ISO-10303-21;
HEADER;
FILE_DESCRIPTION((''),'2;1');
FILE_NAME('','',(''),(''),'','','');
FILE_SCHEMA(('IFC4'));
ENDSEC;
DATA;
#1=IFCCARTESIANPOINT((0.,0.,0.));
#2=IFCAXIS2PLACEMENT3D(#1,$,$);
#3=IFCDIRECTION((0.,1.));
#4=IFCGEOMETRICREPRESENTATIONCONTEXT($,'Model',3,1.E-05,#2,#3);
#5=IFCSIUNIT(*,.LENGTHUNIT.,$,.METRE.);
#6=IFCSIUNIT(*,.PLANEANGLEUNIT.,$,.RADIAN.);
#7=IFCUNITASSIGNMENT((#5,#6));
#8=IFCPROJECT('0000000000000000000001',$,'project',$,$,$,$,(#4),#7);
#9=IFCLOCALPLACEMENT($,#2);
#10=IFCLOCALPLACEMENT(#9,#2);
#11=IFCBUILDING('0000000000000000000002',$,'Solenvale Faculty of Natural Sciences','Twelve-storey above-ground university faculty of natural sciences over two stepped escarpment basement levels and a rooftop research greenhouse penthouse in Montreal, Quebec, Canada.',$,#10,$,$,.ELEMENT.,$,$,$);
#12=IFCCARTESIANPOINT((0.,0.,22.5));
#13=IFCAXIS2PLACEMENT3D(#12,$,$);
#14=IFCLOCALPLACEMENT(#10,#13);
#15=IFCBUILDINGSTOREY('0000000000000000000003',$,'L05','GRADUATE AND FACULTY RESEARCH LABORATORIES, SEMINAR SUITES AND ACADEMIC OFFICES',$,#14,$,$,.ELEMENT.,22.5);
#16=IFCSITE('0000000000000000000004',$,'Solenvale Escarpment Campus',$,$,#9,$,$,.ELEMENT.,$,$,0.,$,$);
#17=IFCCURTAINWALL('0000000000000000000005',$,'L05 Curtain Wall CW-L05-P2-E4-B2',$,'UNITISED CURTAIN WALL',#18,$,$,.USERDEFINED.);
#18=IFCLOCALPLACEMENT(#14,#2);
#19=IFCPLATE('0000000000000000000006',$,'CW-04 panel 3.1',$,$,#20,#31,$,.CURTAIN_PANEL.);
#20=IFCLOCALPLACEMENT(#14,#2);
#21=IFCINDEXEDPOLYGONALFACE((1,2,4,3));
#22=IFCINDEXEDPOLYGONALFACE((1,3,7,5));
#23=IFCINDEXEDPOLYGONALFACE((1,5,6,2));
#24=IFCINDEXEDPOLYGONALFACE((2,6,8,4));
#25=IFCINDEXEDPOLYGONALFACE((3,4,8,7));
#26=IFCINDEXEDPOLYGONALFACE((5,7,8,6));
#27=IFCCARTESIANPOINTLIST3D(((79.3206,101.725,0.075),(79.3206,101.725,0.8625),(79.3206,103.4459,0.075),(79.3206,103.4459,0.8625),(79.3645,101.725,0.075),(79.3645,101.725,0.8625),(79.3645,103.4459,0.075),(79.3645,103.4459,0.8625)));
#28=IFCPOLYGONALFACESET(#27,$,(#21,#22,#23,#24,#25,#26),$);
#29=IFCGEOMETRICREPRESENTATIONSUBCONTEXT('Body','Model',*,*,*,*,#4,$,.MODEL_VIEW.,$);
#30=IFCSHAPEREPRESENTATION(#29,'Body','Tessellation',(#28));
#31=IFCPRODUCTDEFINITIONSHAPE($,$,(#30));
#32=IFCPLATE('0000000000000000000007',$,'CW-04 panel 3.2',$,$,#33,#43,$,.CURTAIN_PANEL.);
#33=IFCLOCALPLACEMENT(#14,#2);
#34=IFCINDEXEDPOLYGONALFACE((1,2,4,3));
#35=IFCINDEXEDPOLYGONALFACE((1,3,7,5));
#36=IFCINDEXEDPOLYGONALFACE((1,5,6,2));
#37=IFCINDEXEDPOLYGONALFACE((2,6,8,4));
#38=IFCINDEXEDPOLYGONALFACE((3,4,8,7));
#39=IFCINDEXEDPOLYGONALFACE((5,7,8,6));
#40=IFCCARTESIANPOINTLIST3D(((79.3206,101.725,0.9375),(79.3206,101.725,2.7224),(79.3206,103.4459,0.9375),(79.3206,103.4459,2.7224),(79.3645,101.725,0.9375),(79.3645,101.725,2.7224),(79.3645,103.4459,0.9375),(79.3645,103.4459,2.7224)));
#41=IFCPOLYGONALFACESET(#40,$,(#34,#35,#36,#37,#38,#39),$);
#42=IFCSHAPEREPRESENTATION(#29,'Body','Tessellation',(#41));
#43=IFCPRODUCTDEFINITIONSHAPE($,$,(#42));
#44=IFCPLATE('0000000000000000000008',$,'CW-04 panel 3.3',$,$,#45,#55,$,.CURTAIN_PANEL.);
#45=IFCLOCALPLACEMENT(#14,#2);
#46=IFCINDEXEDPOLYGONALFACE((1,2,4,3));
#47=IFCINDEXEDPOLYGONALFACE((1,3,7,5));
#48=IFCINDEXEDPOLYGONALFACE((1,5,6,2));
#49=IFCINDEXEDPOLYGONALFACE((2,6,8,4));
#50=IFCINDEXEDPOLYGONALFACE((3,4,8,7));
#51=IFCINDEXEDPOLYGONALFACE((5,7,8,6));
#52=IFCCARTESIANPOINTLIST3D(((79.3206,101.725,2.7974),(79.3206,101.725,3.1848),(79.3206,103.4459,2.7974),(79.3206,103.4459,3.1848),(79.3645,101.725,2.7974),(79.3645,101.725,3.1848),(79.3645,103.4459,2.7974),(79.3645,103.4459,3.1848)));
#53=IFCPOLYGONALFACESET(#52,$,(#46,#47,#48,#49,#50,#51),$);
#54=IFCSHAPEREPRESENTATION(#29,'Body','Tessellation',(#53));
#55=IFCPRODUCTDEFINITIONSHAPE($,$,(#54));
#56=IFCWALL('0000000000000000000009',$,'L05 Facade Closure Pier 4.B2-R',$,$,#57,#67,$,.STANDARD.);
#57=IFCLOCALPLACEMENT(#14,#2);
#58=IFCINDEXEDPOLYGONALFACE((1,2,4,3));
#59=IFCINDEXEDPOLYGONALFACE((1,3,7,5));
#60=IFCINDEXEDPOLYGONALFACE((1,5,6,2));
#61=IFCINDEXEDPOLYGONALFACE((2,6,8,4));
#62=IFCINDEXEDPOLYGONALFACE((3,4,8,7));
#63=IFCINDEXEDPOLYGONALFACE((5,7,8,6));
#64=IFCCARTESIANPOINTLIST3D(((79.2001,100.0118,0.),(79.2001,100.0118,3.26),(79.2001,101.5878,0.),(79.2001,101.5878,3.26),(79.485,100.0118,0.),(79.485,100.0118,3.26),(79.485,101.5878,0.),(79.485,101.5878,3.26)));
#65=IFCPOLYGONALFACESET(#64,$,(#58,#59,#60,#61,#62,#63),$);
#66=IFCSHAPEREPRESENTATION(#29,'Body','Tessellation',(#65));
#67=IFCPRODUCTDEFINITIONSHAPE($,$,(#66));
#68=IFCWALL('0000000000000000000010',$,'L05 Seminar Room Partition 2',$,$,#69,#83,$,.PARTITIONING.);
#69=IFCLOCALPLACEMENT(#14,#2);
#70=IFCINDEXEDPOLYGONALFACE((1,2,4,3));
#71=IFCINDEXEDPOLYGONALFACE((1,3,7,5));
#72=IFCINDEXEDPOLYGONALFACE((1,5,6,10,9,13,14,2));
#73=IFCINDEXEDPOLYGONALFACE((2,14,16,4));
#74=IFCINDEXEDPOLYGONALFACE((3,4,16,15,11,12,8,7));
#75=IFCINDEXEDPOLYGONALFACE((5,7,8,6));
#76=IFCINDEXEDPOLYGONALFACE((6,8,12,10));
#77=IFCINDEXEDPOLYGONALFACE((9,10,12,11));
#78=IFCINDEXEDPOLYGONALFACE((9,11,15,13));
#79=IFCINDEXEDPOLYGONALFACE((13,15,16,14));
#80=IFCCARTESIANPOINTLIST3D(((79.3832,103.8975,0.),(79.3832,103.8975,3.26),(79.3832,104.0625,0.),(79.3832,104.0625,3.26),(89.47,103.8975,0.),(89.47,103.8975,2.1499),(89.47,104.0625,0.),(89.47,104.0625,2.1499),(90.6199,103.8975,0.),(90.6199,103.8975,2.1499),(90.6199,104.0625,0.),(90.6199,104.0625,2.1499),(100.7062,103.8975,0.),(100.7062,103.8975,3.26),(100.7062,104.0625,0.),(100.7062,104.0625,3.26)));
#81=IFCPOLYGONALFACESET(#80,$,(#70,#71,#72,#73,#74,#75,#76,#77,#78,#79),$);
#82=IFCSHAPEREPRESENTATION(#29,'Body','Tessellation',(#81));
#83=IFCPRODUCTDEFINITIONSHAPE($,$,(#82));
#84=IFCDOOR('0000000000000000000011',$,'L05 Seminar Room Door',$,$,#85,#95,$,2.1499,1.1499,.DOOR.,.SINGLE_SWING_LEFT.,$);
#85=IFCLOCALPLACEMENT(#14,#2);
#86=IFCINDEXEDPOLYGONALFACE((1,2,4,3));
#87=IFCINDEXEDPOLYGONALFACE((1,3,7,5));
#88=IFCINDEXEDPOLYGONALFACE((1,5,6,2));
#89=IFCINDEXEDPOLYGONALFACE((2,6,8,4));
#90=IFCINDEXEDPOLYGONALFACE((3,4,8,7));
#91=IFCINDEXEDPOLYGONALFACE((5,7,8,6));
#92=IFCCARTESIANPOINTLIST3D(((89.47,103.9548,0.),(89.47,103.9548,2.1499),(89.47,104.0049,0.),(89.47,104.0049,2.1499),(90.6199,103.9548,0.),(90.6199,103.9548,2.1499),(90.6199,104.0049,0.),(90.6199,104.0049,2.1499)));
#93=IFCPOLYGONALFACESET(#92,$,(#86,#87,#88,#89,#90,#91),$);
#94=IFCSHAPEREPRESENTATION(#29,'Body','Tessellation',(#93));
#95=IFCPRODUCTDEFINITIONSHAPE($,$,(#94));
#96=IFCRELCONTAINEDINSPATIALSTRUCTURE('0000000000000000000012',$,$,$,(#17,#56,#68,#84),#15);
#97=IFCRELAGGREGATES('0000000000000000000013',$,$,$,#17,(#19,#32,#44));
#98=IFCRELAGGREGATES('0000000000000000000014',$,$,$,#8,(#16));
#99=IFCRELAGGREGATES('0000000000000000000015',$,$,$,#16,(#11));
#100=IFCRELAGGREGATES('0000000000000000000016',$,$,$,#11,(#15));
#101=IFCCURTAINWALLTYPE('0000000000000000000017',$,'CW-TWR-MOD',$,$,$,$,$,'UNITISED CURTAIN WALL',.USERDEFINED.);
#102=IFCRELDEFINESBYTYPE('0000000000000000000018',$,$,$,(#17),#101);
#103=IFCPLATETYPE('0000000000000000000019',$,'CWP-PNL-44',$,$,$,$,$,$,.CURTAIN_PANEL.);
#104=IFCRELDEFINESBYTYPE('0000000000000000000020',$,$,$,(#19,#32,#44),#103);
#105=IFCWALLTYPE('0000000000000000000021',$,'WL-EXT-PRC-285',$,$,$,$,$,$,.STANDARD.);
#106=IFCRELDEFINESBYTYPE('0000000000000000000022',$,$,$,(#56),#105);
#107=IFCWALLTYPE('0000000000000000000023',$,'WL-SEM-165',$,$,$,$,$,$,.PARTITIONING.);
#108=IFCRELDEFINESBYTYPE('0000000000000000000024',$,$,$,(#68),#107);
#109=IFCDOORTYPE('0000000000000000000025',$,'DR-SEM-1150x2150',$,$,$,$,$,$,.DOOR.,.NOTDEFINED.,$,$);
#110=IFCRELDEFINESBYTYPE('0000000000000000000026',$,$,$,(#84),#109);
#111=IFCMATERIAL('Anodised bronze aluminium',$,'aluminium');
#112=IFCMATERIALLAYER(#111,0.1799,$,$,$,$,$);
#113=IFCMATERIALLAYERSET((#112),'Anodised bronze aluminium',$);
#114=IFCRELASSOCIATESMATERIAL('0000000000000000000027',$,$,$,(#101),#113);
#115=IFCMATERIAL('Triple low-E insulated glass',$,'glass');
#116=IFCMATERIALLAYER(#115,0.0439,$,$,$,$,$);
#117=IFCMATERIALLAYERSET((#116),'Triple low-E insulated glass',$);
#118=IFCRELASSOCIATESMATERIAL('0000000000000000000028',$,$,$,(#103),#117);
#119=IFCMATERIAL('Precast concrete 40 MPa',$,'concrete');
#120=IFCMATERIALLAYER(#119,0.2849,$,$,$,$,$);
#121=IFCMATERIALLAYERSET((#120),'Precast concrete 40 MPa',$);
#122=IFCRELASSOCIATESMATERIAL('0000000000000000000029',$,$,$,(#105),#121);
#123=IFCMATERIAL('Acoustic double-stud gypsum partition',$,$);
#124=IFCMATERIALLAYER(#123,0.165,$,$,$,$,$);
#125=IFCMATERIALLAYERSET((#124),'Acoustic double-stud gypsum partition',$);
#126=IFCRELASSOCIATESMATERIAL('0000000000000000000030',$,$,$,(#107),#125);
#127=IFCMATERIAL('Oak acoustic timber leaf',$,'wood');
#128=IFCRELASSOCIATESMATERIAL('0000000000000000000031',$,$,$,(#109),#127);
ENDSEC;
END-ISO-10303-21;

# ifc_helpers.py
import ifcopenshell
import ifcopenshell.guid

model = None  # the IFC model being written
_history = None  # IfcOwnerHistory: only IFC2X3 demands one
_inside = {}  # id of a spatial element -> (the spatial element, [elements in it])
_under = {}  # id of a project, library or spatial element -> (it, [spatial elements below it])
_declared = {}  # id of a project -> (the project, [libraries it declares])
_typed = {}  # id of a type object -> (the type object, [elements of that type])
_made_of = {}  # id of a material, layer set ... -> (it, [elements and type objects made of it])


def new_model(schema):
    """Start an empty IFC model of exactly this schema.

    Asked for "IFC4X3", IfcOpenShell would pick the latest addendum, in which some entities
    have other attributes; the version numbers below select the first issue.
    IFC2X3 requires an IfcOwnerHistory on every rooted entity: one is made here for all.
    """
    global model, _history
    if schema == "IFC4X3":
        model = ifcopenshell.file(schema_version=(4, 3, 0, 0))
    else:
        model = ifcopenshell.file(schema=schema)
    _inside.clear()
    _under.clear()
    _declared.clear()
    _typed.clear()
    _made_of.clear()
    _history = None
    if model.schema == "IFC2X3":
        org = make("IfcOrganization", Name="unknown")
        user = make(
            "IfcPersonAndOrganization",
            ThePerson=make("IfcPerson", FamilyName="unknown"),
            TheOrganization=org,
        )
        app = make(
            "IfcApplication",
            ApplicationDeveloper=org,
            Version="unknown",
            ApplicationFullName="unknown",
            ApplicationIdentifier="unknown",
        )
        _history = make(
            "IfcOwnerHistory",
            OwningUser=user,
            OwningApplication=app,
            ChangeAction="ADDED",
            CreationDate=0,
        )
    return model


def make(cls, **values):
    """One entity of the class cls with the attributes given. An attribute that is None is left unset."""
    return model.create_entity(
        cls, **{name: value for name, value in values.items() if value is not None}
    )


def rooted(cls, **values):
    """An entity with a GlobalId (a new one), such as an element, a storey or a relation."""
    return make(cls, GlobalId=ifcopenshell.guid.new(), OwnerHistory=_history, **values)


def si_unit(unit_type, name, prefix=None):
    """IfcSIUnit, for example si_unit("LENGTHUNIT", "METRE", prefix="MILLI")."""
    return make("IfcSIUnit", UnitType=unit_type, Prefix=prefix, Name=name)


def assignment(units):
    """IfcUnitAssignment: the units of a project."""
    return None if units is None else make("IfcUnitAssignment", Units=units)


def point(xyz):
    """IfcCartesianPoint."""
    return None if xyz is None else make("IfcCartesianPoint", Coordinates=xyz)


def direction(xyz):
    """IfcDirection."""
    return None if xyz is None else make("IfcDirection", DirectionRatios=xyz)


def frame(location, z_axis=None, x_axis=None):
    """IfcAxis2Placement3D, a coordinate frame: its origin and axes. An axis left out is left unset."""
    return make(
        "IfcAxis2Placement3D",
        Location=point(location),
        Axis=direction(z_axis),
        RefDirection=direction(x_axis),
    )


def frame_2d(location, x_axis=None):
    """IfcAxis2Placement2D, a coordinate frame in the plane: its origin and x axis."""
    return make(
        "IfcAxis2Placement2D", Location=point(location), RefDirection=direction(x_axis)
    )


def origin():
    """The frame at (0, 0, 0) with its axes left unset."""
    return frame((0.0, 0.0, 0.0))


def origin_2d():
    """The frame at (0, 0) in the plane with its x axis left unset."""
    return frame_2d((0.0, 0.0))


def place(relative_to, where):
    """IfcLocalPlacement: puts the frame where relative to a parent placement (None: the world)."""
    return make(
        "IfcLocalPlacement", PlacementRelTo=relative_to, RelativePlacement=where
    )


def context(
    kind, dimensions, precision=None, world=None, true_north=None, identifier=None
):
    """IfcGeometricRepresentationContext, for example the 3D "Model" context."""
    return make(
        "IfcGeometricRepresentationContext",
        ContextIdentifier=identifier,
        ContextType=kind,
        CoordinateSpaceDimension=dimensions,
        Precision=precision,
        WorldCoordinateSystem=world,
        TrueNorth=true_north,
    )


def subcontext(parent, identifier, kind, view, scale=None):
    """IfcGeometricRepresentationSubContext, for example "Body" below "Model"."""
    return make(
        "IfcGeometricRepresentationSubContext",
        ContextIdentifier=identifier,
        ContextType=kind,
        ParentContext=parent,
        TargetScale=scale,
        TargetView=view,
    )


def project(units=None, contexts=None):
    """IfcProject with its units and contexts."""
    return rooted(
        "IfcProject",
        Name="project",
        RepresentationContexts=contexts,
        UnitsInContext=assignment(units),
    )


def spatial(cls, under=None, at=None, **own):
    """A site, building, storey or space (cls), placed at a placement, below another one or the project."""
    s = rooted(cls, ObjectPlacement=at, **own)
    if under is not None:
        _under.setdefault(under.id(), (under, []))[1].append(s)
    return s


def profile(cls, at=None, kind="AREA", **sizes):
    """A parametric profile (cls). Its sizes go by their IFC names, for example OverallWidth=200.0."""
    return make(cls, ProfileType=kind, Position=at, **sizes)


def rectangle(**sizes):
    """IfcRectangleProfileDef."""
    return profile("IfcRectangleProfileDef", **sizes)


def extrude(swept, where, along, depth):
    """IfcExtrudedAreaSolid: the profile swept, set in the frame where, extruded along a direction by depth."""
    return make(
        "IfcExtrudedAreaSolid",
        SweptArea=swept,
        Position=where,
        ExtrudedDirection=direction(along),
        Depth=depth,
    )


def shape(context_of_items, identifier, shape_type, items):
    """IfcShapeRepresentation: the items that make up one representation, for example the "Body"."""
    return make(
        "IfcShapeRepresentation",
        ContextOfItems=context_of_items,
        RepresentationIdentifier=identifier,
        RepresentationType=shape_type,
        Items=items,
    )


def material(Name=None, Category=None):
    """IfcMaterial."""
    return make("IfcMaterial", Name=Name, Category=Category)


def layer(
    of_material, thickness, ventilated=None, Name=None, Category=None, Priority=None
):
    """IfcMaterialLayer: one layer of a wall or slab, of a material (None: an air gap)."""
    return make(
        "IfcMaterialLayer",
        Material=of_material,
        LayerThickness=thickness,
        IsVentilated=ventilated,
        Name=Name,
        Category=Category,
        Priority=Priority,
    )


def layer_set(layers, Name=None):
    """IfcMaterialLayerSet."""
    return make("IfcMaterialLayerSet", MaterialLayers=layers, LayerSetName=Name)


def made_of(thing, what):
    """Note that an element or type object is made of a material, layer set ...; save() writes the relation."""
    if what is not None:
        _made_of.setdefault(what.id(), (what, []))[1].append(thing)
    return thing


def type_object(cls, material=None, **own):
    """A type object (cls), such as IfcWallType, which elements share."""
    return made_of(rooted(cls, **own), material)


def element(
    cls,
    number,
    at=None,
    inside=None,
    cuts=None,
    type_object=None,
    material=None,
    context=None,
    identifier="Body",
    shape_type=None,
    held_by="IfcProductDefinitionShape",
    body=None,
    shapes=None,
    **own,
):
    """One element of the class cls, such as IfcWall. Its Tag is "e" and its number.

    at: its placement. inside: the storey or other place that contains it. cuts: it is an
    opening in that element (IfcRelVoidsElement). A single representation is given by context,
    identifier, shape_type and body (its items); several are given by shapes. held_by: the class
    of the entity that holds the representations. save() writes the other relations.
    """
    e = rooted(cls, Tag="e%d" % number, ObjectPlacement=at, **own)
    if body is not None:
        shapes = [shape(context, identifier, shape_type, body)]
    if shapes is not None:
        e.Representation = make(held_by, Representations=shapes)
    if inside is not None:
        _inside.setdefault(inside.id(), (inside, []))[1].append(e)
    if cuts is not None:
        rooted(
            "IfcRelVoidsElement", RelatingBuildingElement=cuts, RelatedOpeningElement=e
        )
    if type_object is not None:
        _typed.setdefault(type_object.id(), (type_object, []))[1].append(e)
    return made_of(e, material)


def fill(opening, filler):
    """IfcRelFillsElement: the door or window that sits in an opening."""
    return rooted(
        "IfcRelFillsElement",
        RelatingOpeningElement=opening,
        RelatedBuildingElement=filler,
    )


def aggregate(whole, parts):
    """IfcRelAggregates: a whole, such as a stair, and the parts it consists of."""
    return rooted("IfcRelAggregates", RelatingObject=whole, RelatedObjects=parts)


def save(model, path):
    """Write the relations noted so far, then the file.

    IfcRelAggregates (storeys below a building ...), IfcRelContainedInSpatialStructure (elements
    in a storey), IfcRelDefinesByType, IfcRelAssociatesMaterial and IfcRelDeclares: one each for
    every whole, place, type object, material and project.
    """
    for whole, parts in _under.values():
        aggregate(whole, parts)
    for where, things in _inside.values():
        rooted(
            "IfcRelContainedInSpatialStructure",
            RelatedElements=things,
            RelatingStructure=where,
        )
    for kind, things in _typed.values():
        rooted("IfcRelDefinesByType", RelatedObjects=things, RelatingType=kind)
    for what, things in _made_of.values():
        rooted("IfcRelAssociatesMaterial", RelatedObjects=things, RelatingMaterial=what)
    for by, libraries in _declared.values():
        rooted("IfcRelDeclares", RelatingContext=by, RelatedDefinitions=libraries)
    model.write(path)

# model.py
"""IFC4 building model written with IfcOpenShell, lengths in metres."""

from ifc_helpers import new_model, si_unit, direction, frame, frame_2d, origin, origin_2d, place, context, subcontext, project, spatial, rectangle, extrude, material, layer, layer_set, type_object, element, fill, aggregate, save


model = new_model("IFC4")

# Units and contexts
model_context = context("Model", 3, precision=1e-05, world=origin(), true_north=direction((0.0, 1.0)))
body_context = subcontext(model_context, "Body", "Model", "MODEL_VIEW")
ifc_project = project(units=[si_unit("LENGTHUNIT", "METRE"), si_unit("PLANEANGLEUNIT", "RADIAN")], contexts=[model_context])

# Site, building, storey
site_placement = place(None, origin())
site = spatial("IfcSite", under=ifc_project, at=site_placement, Name="Solenvale Escarpment Campus", CompositionType="ELEMENT", RefElevation=0.0)
building_placement = place(site_placement, origin())
building = spatial("IfcBuilding", under=site, at=building_placement, Name="Solenvale Faculty of Natural Sciences", Description="Twelve-storey above-ground university faculty of natural sciences over two stepped escarpment basement levels and a rooftop research greenhouse penthouse in Montreal, Quebec, Canada.", CompositionType="ELEMENT")
storey_placement = place(building_placement, frame((0.0, 0.0, 22.5)))
storey = spatial("IfcBuildingStorey", under=building, at=storey_placement, Name="L05", Description="GRADUATE AND FACULTY RESEARCH LABORATORIES, SEMINAR SUITES AND ACADEMIC OFFICES", CompositionType="ELEMENT", Elevation=22.5)

# Curtain wall, plates
ifc_material_1 = material(Name="Anodised bronze aluminium", Category="aluminium")
ifc_layer_1 = layer(ifc_material_1, 0.1799)
ifc_layer_set_1 = layer_set([ifc_layer_1], Name="Anodised bronze aluminium")
curtain_wall_type = type_object("IfcCurtainWallType", Name="CW-TWR-MOD", ElementType="UNITISED CURTAIN WALL", PredefinedType="USERDEFINED", material=ifc_layer_set_1)
curtain_wall_placement = place(storey_placement, origin())
curtain_wall = element("IfcCurtainWall", 1, at=curtain_wall_placement, inside=storey, type_object=curtain_wall_type, Name="L05 Curtain Wall CW-L05-P2-E4-B2", ObjectType="UNITISED CURTAIN WALL", PredefinedType="USERDEFINED")
ifc_material_2 = material(Name="Triple low-E insulated glass", Category="glass")
ifc_layer_2 = layer(ifc_material_2, 0.0439)
ifc_layer_set_2 = layer_set([ifc_layer_2], Name="Triple low-E insulated glass")
plate_type = type_object("IfcPlateType", Name="CWP-PNL-44", PredefinedType="CURTAIN_PANEL", material=ifc_layer_set_2)
plate_1_placement = place(storey_placement, frame((79.3425, 102.5854, 0.075), z_axis=(0.0, 0.0, 1.0), x_axis=(0.0, -1.0, 0.0)))
plate_1 = element("IfcPlate", 2, at=plate_1_placement, type_object=plate_type, Name="CW-04 panel 3.1", PredefinedType="CURTAIN_PANEL", context=body_context, shape_type="SweptSolid", body=[
    extrude(rectangle(XDim=1.7209, YDim=0.0439, at=origin_2d()), origin(), (0.0, 0.0, 1.0), 0.7876),
])
plate_2_placement = place(storey_placement, frame((79.3425, 102.5854, 0.9375), z_axis=(0.0, 0.0, 1.0), x_axis=(0.0, -1.0, 0.0)))
plate_2 = element("IfcPlate", 3, at=plate_2_placement, type_object=plate_type, Name="CW-04 panel 3.2", PredefinedType="CURTAIN_PANEL", context=body_context, shape_type="SweptSolid", body=[
    extrude(rectangle(XDim=1.7209, YDim=0.0439, at=origin_2d()), origin(), (0.0, 0.0, 1.0), 1.7849),
])
plate_3_placement = place(storey_placement, frame((79.3425, 102.5854, 2.7974), z_axis=(0.0, 0.0, 1.0), x_axis=(0.0, -1.0, 0.0)))
plate_3 = element("IfcPlate", 4, at=plate_3_placement, type_object=plate_type, Name="CW-04 panel 3.3", PredefinedType="CURTAIN_PANEL", context=body_context, shape_type="SweptSolid", body=[
    extrude(rectangle(XDim=1.7209, YDim=0.0439, at=origin_2d()), origin(), (0.0, 0.0, 1.0), 0.3875),
])
aggregate(curtain_wall, [plate_1, plate_2, plate_3])

# Wall
ifc_material_3 = material(Name="Precast concrete 40 MPa", Category="concrete")
ifc_layer_3 = layer(ifc_material_3, 0.2849)
ifc_layer_set_3 = layer_set([ifc_layer_3], Name="Precast concrete 40 MPa")
wall_type_1 = type_object("IfcWallType", Name="WL-EXT-PRC-285", PredefinedType="STANDARD", material=ifc_layer_set_3)
wall_1_placement = place(storey_placement, frame((79.3425, 101.5879, 0.0), z_axis=(0.0, 0.0, 1.0), x_axis=(0.0, -1.0, 0.0)))
element("IfcWall", 5, at=wall_1_placement, inside=storey, type_object=wall_type_1, Name="L05 Facade Closure Pier 4.B2-R", PredefinedType="STANDARD", context=body_context, shape_type="SweptSolid", body=[
    extrude(rectangle(XDim=1.5759, YDim=0.2849, at=frame_2d((0.7881, 0.0))), origin(), (0.0, 0.0, 1.0), 3.26),
])

# Wall, opening, door
ifc_material_4 = material(Name="Acoustic double-stud gypsum partition")
ifc_layer_4 = layer(ifc_material_4, 0.165)
ifc_layer_set_4 = layer_set([ifc_layer_4], Name="Acoustic double-stud gypsum partition")
wall_type_2 = type_object("IfcWallType", Name="WL-SEM-165", PredefinedType="PARTITIONING", material=ifc_layer_set_4)
wall_2_placement = place(storey_placement, frame((79.3831, 103.98, 0.0), z_axis=(0.0, 0.0, 1.0), x_axis=(1.0, 0.0, 0.0)))
wall_2 = element("IfcWall", 6, at=wall_2_placement, inside=storey, type_object=wall_type_2, Name="L05 Seminar Room Partition 2", PredefinedType="PARTITIONING", context=body_context, shape_type="SweptSolid", body=[
    extrude(rectangle(XDim=21.323, YDim=0.165, at=frame_2d((10.6616, 0.0))), origin(), (0.0, 0.0, 1.0), 3.26),
])
opening_placement = place(wall_2_placement, frame((10.0869, 0.0, 0.0)))
opening = element("IfcOpeningElement", 7, at=opening_placement, cuts=wall_2, PredefinedType="OPENING", context=body_context, shape_type="SweptSolid", body=[
    extrude(rectangle(XDim=1.1499, YDim=2.1499, at=frame_2d((0.575, 1.075))), frame((0.0, 0.0925, 0.0), z_axis=(0.0, -1.0, 0.0), x_axis=(1.0, 0.0, 0.0)), (0.0, 0.0, 1.0), 0.1851),
])
ifc_material_5 = material(Name="Oak acoustic timber leaf", Category="wood")
door_type = type_object("IfcDoorType", Name="DR-SEM-1150x2150", OperationType="NOTDEFINED", PredefinedType="DOOR", material=ifc_material_5)
door_placement = place(opening_placement, origin())
door = element("IfcDoor", 8, at=door_placement, inside=storey, type_object=door_type, Name="L05 Seminar Room Door", OperationType="SINGLE_SWING_LEFT", OverallHeight=2.1499, OverallWidth=1.1499, PredefinedType="DOOR", context=body_context, shape_type="SweptSolid", body=[
    extrude(rectangle(XDim=1.1499, YDim=2.1499, at=frame_2d((0.575, 1.075))), frame((0.0, 0.0249, 0.0), z_axis=(0.0, -1.0, 0.0), x_axis=(1.0, 0.0, 0.0)), (0.0, 0.0, 1.0), 0.05),
])
fill(opening, door)

save(model, "model.ifc")
